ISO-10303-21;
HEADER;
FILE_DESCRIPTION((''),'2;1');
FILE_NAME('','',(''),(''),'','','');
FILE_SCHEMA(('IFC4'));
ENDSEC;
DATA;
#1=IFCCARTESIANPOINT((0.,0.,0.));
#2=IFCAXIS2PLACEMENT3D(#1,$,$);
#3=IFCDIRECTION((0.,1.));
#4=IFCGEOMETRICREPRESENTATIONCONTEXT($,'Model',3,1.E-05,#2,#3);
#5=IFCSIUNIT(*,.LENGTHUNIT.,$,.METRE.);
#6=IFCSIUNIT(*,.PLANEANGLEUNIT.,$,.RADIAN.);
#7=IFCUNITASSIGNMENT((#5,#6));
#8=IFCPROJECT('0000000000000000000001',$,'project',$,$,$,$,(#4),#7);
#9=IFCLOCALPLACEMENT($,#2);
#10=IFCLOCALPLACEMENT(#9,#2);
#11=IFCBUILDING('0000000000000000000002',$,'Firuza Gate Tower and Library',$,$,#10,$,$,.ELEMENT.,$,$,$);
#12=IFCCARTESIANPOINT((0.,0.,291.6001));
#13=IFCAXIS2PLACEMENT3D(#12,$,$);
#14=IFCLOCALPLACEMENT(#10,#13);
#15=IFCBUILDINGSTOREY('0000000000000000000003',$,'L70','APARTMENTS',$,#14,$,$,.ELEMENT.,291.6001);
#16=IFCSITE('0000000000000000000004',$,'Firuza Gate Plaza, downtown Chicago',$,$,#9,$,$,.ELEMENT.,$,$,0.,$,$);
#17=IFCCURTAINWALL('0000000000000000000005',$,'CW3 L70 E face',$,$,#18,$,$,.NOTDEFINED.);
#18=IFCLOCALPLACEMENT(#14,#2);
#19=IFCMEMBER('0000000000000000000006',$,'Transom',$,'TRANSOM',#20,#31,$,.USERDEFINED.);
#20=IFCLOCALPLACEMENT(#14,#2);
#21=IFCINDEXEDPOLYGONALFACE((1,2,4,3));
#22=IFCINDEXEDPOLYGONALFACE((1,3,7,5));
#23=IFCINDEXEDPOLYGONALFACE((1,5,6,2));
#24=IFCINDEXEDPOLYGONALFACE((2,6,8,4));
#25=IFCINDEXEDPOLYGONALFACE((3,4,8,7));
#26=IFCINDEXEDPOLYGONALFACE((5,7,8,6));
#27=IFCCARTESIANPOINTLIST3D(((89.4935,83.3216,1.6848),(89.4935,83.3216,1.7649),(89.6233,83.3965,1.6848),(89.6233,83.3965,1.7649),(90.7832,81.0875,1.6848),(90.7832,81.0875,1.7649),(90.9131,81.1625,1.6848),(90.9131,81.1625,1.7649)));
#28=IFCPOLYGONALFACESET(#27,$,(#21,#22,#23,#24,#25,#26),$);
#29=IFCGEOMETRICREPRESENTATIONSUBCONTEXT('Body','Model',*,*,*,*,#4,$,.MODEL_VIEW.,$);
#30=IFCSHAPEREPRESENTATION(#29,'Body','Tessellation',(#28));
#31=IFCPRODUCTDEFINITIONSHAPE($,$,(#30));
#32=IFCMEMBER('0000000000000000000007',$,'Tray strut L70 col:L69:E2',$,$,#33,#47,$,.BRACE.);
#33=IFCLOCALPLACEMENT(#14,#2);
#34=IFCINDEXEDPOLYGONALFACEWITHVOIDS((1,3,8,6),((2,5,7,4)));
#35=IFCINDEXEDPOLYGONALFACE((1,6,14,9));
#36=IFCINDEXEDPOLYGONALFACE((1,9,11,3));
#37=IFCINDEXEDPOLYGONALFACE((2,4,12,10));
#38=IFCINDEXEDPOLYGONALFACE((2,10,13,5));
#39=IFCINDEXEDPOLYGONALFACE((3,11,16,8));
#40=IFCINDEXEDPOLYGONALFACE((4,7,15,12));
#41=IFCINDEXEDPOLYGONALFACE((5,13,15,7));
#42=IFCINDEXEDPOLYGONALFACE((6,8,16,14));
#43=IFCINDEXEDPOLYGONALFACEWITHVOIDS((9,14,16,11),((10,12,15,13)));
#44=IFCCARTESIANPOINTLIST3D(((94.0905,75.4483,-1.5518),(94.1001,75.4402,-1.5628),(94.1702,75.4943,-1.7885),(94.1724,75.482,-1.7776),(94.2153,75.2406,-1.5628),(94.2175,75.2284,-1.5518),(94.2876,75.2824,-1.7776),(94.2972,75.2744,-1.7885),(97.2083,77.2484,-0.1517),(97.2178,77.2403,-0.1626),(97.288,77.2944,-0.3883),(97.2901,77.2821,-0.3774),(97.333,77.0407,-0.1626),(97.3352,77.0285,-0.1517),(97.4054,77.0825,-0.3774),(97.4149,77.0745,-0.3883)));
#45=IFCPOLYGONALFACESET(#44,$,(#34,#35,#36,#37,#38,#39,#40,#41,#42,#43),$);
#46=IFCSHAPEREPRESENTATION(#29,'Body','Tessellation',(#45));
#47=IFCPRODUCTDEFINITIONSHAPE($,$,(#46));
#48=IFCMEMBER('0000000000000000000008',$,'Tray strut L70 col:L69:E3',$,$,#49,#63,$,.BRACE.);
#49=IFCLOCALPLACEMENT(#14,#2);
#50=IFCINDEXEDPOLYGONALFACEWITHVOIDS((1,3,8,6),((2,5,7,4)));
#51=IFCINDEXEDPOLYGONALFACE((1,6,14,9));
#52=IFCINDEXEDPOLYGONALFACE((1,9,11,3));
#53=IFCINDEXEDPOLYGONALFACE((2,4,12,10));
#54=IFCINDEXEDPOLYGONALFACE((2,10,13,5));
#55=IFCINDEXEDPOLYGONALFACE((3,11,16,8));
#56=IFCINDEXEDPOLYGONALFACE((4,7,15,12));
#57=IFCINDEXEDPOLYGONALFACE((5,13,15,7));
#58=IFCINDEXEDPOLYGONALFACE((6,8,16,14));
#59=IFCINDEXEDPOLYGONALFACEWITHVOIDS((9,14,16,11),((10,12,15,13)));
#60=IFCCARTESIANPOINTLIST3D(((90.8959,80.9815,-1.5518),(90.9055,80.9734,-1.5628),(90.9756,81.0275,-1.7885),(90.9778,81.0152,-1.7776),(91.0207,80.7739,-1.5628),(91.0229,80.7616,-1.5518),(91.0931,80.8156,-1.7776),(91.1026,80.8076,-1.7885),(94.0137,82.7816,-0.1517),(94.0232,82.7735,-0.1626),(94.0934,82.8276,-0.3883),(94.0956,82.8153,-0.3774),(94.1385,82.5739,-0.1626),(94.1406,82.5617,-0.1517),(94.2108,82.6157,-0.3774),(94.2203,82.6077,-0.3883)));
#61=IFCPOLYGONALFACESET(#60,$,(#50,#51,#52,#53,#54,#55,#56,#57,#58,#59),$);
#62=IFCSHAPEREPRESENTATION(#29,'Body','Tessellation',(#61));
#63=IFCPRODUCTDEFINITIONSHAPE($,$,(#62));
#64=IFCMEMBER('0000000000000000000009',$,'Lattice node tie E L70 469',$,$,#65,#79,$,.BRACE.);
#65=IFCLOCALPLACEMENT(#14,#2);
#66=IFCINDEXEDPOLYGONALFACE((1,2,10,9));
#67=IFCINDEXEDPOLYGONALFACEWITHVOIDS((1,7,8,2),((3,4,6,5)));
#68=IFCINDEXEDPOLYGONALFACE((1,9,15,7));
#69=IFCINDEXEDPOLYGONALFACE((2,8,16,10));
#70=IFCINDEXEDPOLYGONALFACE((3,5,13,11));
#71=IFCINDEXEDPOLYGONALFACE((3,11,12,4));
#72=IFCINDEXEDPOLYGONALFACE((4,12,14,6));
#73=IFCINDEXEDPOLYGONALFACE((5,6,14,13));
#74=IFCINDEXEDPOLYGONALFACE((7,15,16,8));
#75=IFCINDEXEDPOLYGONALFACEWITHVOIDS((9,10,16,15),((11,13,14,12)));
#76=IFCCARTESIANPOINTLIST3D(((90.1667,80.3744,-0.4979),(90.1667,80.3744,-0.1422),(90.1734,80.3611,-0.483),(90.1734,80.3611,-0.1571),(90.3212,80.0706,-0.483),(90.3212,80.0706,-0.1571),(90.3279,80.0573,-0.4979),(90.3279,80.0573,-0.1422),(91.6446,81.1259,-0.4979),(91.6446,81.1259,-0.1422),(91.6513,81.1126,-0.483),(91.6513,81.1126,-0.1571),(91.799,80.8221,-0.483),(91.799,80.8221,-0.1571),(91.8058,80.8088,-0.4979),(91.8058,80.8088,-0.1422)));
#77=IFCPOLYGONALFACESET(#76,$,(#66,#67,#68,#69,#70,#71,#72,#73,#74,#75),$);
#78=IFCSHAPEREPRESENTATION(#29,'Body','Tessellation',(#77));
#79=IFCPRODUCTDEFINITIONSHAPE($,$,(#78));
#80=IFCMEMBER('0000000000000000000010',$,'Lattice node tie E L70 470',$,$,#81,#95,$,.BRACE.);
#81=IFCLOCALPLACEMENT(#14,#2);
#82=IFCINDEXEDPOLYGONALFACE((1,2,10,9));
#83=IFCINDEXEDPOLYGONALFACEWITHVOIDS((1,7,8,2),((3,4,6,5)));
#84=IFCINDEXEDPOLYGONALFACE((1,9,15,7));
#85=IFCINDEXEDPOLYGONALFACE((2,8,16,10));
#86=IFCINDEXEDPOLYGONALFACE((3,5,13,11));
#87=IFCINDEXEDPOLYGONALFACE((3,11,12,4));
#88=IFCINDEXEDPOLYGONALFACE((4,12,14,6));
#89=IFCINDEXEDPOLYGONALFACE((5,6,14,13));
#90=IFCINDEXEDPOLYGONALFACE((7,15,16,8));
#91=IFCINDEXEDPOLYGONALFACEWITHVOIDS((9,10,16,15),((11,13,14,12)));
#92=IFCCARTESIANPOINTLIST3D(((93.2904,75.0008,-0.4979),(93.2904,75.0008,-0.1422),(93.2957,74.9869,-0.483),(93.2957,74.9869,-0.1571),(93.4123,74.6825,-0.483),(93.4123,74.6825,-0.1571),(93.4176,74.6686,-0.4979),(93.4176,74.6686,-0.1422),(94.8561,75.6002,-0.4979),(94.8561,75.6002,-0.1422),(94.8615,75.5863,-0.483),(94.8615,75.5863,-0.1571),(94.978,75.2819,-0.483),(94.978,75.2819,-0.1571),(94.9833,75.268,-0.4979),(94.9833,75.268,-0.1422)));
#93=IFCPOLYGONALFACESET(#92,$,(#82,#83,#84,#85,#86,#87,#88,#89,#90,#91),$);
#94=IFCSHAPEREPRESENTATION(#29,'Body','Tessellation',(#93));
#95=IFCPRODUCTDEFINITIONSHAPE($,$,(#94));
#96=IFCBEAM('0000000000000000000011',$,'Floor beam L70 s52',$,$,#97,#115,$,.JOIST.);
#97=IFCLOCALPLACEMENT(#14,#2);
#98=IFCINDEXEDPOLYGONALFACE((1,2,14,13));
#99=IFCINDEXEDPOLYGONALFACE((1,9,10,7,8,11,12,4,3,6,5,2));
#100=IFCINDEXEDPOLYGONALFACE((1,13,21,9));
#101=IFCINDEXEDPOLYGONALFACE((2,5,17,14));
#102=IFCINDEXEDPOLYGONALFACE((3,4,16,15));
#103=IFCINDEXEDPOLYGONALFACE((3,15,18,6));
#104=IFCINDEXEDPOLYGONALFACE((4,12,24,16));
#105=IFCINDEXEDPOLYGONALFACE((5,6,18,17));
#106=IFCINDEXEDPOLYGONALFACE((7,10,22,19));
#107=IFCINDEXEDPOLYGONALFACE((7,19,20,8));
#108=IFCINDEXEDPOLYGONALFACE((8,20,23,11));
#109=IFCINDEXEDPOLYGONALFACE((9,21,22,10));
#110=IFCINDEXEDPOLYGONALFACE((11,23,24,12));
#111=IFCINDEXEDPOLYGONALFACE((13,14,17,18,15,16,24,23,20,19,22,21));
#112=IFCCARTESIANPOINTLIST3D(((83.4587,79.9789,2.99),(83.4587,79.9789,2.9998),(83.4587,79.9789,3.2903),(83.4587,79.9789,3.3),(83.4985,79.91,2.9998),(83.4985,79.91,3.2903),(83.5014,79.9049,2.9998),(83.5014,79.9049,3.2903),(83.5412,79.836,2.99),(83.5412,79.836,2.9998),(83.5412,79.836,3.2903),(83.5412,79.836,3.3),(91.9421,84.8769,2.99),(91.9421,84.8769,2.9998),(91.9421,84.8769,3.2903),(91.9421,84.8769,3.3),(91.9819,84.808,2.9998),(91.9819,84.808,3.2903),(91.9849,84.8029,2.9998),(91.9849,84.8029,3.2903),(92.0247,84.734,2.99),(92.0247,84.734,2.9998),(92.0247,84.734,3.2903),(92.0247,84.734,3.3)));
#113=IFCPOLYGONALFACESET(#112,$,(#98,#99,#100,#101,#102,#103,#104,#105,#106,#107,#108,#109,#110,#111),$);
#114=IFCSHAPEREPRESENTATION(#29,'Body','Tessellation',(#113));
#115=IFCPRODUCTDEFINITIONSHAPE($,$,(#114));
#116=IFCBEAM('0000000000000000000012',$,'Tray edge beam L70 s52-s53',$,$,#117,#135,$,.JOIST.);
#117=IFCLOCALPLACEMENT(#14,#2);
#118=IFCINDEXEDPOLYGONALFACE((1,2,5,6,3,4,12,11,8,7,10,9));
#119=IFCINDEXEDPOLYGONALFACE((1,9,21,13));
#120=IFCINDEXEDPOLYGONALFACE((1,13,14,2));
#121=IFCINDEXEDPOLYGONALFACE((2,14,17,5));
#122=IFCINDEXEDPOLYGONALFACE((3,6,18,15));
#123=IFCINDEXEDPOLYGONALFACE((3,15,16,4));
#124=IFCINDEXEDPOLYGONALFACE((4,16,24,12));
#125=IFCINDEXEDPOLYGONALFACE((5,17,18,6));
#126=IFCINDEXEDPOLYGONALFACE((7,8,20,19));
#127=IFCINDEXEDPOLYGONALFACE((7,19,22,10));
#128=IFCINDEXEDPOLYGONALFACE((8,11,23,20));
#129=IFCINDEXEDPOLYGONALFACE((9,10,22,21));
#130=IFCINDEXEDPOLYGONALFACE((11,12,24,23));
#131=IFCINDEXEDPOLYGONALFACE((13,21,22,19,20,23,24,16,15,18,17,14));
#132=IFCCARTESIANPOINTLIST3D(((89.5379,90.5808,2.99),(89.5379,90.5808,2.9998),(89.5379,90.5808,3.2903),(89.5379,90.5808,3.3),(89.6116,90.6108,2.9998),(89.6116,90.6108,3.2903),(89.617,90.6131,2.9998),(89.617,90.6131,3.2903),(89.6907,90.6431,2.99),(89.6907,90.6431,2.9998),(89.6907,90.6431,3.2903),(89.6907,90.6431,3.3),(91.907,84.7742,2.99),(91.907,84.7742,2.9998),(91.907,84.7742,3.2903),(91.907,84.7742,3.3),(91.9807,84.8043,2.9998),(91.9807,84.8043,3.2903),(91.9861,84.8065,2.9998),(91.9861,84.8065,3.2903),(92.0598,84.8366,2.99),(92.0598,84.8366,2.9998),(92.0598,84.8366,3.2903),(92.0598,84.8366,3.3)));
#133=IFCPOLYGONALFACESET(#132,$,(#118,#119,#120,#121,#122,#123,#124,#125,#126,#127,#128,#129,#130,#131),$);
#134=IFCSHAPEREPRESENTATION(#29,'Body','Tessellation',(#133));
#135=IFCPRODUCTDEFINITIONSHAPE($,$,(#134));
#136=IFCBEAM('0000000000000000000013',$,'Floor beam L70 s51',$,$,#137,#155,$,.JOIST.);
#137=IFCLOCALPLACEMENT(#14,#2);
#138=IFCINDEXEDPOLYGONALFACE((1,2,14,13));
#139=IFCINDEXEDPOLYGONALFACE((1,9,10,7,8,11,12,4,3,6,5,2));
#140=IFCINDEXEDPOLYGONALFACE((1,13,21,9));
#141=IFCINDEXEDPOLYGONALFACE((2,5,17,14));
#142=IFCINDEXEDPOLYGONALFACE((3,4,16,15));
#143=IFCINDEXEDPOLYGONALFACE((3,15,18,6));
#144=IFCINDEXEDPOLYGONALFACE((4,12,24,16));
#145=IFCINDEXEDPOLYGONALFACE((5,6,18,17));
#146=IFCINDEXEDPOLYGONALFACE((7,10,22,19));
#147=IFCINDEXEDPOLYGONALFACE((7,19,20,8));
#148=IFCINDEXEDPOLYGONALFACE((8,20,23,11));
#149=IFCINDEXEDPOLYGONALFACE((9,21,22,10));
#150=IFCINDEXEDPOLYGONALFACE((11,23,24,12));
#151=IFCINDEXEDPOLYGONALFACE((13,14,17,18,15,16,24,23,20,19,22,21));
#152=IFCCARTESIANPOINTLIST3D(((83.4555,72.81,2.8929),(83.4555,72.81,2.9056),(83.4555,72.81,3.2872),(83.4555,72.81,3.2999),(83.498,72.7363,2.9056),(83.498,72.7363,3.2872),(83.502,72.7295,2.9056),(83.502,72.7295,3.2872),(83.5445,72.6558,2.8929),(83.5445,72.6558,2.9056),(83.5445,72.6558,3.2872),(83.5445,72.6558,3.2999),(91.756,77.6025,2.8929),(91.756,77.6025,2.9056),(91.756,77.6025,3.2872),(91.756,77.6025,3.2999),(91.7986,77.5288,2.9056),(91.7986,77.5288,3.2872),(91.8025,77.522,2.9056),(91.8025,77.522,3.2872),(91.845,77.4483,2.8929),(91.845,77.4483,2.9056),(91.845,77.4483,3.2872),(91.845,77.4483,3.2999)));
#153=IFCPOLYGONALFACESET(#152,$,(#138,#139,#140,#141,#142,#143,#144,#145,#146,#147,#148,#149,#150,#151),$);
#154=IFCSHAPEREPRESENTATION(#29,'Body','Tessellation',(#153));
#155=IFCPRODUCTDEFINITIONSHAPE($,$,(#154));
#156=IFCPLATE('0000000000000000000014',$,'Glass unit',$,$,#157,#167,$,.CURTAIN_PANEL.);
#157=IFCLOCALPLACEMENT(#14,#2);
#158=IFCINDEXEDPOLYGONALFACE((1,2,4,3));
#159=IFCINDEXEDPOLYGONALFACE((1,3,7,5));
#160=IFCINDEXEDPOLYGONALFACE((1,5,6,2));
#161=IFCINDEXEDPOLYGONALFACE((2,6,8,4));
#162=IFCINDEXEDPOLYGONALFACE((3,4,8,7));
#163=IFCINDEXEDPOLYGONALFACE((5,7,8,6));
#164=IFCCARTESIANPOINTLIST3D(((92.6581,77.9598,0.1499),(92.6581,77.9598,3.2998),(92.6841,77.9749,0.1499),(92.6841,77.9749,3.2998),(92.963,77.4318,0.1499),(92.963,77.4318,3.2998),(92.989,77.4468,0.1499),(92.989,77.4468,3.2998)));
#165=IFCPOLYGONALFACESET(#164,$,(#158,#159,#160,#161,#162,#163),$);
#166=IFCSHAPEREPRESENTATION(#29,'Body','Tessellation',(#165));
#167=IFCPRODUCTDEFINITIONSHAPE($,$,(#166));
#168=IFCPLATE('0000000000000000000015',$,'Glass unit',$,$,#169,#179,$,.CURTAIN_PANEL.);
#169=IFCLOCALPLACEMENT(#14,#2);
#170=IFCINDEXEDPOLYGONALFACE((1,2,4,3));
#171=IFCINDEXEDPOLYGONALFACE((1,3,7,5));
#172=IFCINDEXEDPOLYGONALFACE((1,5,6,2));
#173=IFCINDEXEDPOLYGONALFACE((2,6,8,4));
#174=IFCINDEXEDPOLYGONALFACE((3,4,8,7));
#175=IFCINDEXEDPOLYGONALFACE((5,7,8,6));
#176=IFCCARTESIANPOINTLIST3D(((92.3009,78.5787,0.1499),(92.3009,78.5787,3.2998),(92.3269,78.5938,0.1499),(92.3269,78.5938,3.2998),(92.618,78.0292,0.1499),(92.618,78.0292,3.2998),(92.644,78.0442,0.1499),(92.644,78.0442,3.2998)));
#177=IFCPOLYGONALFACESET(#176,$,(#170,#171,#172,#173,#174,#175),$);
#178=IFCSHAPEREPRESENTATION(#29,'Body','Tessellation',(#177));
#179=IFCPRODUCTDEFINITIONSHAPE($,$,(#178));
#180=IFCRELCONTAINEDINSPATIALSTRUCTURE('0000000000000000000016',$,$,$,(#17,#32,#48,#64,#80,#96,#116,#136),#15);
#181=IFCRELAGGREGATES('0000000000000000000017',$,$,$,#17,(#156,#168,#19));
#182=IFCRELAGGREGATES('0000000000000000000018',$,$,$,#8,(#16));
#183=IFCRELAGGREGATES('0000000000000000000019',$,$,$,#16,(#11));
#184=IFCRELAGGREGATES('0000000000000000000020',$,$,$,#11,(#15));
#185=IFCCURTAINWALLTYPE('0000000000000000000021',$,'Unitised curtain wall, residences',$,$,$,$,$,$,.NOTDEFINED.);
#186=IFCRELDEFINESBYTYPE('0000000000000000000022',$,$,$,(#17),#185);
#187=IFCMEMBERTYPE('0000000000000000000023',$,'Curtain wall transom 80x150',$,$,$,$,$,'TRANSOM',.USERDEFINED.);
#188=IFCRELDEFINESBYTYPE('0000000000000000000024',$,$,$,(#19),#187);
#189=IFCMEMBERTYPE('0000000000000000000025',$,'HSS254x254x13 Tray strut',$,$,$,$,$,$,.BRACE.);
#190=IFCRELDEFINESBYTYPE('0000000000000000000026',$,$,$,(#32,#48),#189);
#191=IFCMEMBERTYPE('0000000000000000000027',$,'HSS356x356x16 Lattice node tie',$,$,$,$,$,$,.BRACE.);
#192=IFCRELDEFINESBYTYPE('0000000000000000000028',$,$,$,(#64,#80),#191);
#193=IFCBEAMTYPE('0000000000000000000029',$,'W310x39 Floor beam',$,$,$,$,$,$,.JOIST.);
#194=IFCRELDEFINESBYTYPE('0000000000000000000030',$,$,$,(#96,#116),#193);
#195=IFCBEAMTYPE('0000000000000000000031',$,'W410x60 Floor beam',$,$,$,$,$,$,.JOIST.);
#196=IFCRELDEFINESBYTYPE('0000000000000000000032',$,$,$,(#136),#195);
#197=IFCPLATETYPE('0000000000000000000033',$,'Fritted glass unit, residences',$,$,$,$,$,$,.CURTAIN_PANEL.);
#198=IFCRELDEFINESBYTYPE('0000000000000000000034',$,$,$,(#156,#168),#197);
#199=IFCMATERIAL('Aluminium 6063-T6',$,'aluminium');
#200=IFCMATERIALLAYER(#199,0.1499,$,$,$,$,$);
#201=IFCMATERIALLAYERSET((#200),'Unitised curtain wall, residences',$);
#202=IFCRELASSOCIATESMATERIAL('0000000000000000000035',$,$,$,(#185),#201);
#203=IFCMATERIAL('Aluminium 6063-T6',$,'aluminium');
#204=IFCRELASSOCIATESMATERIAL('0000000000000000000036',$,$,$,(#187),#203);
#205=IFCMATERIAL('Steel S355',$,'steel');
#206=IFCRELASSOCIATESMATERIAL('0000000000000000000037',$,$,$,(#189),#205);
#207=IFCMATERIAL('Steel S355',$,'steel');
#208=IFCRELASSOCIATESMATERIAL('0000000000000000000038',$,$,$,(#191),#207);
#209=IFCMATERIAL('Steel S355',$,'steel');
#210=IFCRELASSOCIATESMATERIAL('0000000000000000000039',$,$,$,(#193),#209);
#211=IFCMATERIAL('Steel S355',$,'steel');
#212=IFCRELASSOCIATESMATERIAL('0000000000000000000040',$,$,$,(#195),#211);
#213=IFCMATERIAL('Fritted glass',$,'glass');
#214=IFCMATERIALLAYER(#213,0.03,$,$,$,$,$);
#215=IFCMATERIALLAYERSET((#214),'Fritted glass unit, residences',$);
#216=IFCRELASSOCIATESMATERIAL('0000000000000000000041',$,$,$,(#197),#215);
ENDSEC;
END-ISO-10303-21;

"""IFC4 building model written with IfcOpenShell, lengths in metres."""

from ifc_helpers import new_model, si_unit, direction, frame, origin, origin_2d, place, context, subcontext, project, spatial, polyline, rectangle, hollow_rectangle, i_section, outline, extrude, material, layer, layer_set, material_profile, profile_set, type_object, element, aggregate, save


model = new_model("IFC4")

# Units and contexts
model_context = context("Model", 3, precision=1e-05, world=origin(), true_north=direction((0.0, 1.0)))
body_context = subcontext(model_context, "Body", "Model", "MODEL_VIEW")
ifc_project = project(units=[si_unit("LENGTHUNIT", "METRE"), si_unit("PLANEANGLEUNIT", "RADIAN")], contexts=[model_context])

# Site, building, storey
site_placement = place(None, origin())
site = spatial("IfcSite", under=ifc_project, at=site_placement, Name="Firuza Gate Plaza, downtown Chicago", CompositionType="ELEMENT", RefElevation=0.0)
building_placement = place(site_placement, origin())
building = spatial("IfcBuilding", under=site, at=building_placement, Name="Firuza Gate Tower and Library", CompositionType="ELEMENT")
storey_placement = place(building_placement, frame((0.0, 0.0, 291.6001)))
storey = spatial("IfcBuildingStorey", under=building, at=storey_placement, Name="L70", Description="APARTMENTS", CompositionType="ELEMENT", Elevation=291.6001)

# Curtain wall, member
ifc_material_1 = material(Name="Aluminium 6063-T6", Category="aluminium")
ifc_layer_1 = layer(ifc_material_1, 0.1499)
ifc_layer_set_1 = layer_set([ifc_layer_1], Name="Unitised curtain wall, residences")
curtain_wall_type = type_object("IfcCurtainWallType", Name="Unitised curtain wall, residences", PredefinedType="NOTDEFINED", material=ifc_layer_set_1)
curtain_wall_placement = place(storey_placement, origin())
curtain_wall = element("IfcCurtainWall", 1, at=curtain_wall_placement, inside=storey, type_object=curtain_wall_type, Name="CW3 L70 E face", PredefinedType="NOTDEFINED")
ifc_material_2 = material(Name="Aluminium 6063-T6", Category="aluminium")
ifc_material_profile_1 = material_profile(ifc_material_2, rectangle(XDim=0.1499, YDim=0.0801, at=origin_2d()))
ifc_profile_set_1 = profile_set([ifc_material_profile_1], Name="Aluminium 6063-T6")
member_type_1 = type_object("IfcMemberType", Name="Curtain wall transom 80x150", ElementType="TRANSOM", PredefinedType="USERDEFINED", material=ifc_profile_set_1)
member_1_placement = place(storey_placement, frame((90.8481, 81.125, 1.7249), z_axis=(-0.499976, 0.866039, 0.0), x_axis=(-0.866039, -0.499976, 0.0)))
member_1 = element("IfcMember", 2, at=member_1_placement, type_object=member_type_1, Name="Transom", ObjectType="TRANSOM", PredefinedType="USERDEFINED", context=body_context, shape_type="SweptSolid", body=[
    extrude(rectangle(XDim=0.1499, YDim=0.0801, at=origin_2d()), origin(), (0.0, 0.0, 1.0), 2.5796),
])

# Members
ifc_material_3 = material(Name="Steel S355", Category="steel")
ifc_material_profile_2 = material_profile(ifc_material_3, hollow_rectangle(XDim=0.2539, YDim=0.2539, WallThickness=0.0117, at=origin_2d()))
ifc_profile_set_2 = profile_set([ifc_material_profile_2], Name="Steel S355")
member_type_2 = type_object("IfcMemberType", Name="HSS254x254x13 Tray strut", PredefinedType="BRACE", material=ifc_profile_set_2)
for number, where, z_axis, x_axis, name in (
    (3, (94.1938, 75.3613, -1.6702), (0.807122, 0.466007, 0.362478), (-0.500012, 0.866018, 0.0), "Tray strut L70 col:L69:E2"),
    (4, (90.9993, 80.8945, -1.6702), (0.807122, 0.466007, 0.362478), (-0.500012, 0.866018, 0.0), "Tray strut L70 col:L69:E3"),
):
    element("IfcMember", number, at=place(storey_placement, frame(where, z_axis=z_axis, x_axis=x_axis)), inside=storey, type_object=member_type_2, Name=name, PredefinedType="BRACE", context=body_context, shape_type="SweptSolid", body=[
        extrude(hollow_rectangle(XDim=0.2539, YDim=0.2539, WallThickness=0.0117, at=origin_2d()), origin(), (0.0, 0.0, 1.0), 3.8628),
    ])
ifc_material_4 = material(Name="Steel S355", Category="steel")
ifc_material_profile_3 = material_profile(ifc_material_4, hollow_rectangle(XDim=0.3557, YDim=0.3557, WallThickness=0.0149, at=origin_2d()))
ifc_profile_set_3 = profile_set([ifc_material_profile_3], Name="Steel S355")
member_type_3 = type_object("IfcMemberType", Name="HSS356x356x16 Lattice node tie", PredefinedType="BRACE", material=ifc_profile_set_3)
member_2_placement = place(storey_placement, frame((90.2473, 80.2158, -0.3201), z_axis=(0.891373, 0.45327, 0.0), x_axis=(-0.45327, 0.891373, 0.0)))
element("IfcMember", 5, at=member_2_placement, inside=storey, type_object=member_type_3, Name="Lattice node tie E L70 469", PredefinedType="BRACE", context=body_context, shape_type="SweptSolid", body=[
    extrude(hollow_rectangle(XDim=0.3557, YDim=0.3557, WallThickness=0.0149, at=origin_2d()), origin(), (0.0, 0.0, 1.0), 1.658),
])
member_3_placement = place(storey_placement, frame((93.354, 74.8347, -0.3201), z_axis=(0.933907, 0.357515, 0.0), x_axis=(-0.357515, 0.933907, 0.0)))
element("IfcMember", 6, at=member_3_placement, inside=storey, type_object=member_type_3, Name="Lattice node tie E L70 470", PredefinedType="BRACE", context=body_context, shape_type="SweptSolid", body=[
    extrude(hollow_rectangle(XDim=0.3557, YDim=0.3557, WallThickness=0.0149, at=origin_2d()), origin(), (0.0, 0.0, 1.0), 1.6765),
])

# Beams
ifc_material_5 = material(Name="Steel S355", Category="steel")
ifc_material_profile_4 = material_profile(ifc_material_5, i_section(OverallWidth=0.165, OverallDepth=0.3101, WebThickness=0.0059, FlangeThickness=0.0098, at=origin_2d()))
ifc_profile_set_4 = profile_set([ifc_material_profile_4], Name="Steel S355")
beam_type_1 = type_object("IfcBeamType", Name="W310x39 Floor beam", PredefinedType="JOIST", material=ifc_profile_set_4)
beam_1_placement = place(storey_placement, frame((91.9834, 84.8054, 3.145), z_axis=(-0.866023, -0.500004, 0.0), x_axis=(0.500004, -0.866023, 0.0)))
element("IfcBeam", 7, at=beam_1_placement, inside=storey, type_object=beam_type_1, Name="Floor beam L70 s52", PredefinedType="JOIST", context=body_context, shape_type="SweptSolid", body=[
    extrude(i_section(OverallWidth=0.165, OverallDepth=0.3101, WebThickness=0.0059, FlangeThickness=0.0098, at=origin_2d()), origin(), (0.0, 0.0, 1.0), 9.7959),
])
beam_2_placement = place(storey_placement, frame((91.9834, 84.8054, 3.145), z_axis=(-0.377772, 0.925899, 0.0), x_axis=(-0.925899, -0.377772, 0.0)))
element("IfcBeam", 8, at=beam_2_placement, inside=storey, type_object=beam_type_1, Name="Tray edge beam L70 s52-s53", PredefinedType="JOIST", context=body_context, shape_type="SweptSolid", body=[
    extrude(i_section(OverallWidth=0.165, OverallDepth=0.3101, WebThickness=0.0059, FlangeThickness=0.0098, at=origin_2d()), origin(), (0.0, 0.0, 1.0), 6.2712),
])
ifc_material_6 = material(Name="Steel S355", Category="steel")
ifc_material_profile_5 = material_profile(ifc_material_6, i_section(OverallWidth=0.178, OverallDepth=0.407, WebThickness=0.0078, FlangeThickness=0.0127, at=origin_2d()))
ifc_profile_set_5 = profile_set([ifc_material_profile_5], Name="Steel S355")
beam_type_2 = type_object("IfcBeamType", Name="W410x60 Floor beam", PredefinedType="JOIST", material=ifc_profile_set_5)
beam_3_placement = place(storey_placement, frame((91.8005, 77.5254, 3.0964), z_axis=(-0.866018, -0.500013, 0.0), x_axis=(0.500013, -0.866018, 0.0)))
element("IfcBeam", 9, at=beam_3_placement, inside=storey, type_object=beam_type_2, Name="Floor beam L70 s51", PredefinedType="JOIST", context=body_context, shape_type="SweptSolid", body=[
    extrude(i_section(OverallWidth=0.178, OverallDepth=0.407, WebThickness=0.0078, FlangeThickness=0.0127, at=origin_2d()), origin(), (0.0, 0.0, 1.0), 9.5847),
])

# Plates
ifc_material_7 = material(Name="Fritted glass", Category="glass")
ifc_layer_2 = layer(ifc_material_7, 0.03)
ifc_layer_set_2 = layer_set([ifc_layer_2], Name="Fritted glass unit, residences")
plate_type_1 = type_object("IfcPlateType", Name="Fritted glass unit, residences", PredefinedType="CURTAIN_PANEL", material=ifc_layer_set_2)
plate_1_placement = place(storey_placement, frame((92.989, 77.4468, 0.1499), z_axis=(0.865992, 0.500057, 0.0), x_axis=(-0.500057, 0.865992, 0.0)))
plate_1 = element("IfcPlate", 10, at=plate_1_placement, type_object=plate_type_1, Name="Glass unit", PredefinedType="CURTAIN_PANEL", context=body_context, shape_type="SweptSolid", body=[
    extrude(outline(polyline([(0.0, 0.0), (0.6098, 0.0), (0.6098, 3.1499), (0.0, 3.1499), (0.0, 0.0)])), origin(), (0.0, 0.0, -1.0), 0.03),
])
plate_2_placement = place(storey_placement, frame((92.644, 78.0442, 0.1499), z_axis=(0.866128, 0.499822, 0.0), x_axis=(-0.499822, 0.866128, 0.0)))
plate_2 = element("IfcPlate", 11, at=plate_2_placement, type_object=plate_type_1, Name="Glass unit", PredefinedType="CURTAIN_PANEL", context=body_context, shape_type="SweptSolid", body=[
    extrude(outline(polyline([(0.0, 0.0), (0.6345, 0.0), (0.6345, 3.1499), (0.0, 3.1499), (0.0, 0.0)])), origin(), (0.0, 0.0, -1.0), 0.03),
])
aggregate(curtain_wall, [plate_1, plate_2, member_1])

save(model, "model.ifc")
